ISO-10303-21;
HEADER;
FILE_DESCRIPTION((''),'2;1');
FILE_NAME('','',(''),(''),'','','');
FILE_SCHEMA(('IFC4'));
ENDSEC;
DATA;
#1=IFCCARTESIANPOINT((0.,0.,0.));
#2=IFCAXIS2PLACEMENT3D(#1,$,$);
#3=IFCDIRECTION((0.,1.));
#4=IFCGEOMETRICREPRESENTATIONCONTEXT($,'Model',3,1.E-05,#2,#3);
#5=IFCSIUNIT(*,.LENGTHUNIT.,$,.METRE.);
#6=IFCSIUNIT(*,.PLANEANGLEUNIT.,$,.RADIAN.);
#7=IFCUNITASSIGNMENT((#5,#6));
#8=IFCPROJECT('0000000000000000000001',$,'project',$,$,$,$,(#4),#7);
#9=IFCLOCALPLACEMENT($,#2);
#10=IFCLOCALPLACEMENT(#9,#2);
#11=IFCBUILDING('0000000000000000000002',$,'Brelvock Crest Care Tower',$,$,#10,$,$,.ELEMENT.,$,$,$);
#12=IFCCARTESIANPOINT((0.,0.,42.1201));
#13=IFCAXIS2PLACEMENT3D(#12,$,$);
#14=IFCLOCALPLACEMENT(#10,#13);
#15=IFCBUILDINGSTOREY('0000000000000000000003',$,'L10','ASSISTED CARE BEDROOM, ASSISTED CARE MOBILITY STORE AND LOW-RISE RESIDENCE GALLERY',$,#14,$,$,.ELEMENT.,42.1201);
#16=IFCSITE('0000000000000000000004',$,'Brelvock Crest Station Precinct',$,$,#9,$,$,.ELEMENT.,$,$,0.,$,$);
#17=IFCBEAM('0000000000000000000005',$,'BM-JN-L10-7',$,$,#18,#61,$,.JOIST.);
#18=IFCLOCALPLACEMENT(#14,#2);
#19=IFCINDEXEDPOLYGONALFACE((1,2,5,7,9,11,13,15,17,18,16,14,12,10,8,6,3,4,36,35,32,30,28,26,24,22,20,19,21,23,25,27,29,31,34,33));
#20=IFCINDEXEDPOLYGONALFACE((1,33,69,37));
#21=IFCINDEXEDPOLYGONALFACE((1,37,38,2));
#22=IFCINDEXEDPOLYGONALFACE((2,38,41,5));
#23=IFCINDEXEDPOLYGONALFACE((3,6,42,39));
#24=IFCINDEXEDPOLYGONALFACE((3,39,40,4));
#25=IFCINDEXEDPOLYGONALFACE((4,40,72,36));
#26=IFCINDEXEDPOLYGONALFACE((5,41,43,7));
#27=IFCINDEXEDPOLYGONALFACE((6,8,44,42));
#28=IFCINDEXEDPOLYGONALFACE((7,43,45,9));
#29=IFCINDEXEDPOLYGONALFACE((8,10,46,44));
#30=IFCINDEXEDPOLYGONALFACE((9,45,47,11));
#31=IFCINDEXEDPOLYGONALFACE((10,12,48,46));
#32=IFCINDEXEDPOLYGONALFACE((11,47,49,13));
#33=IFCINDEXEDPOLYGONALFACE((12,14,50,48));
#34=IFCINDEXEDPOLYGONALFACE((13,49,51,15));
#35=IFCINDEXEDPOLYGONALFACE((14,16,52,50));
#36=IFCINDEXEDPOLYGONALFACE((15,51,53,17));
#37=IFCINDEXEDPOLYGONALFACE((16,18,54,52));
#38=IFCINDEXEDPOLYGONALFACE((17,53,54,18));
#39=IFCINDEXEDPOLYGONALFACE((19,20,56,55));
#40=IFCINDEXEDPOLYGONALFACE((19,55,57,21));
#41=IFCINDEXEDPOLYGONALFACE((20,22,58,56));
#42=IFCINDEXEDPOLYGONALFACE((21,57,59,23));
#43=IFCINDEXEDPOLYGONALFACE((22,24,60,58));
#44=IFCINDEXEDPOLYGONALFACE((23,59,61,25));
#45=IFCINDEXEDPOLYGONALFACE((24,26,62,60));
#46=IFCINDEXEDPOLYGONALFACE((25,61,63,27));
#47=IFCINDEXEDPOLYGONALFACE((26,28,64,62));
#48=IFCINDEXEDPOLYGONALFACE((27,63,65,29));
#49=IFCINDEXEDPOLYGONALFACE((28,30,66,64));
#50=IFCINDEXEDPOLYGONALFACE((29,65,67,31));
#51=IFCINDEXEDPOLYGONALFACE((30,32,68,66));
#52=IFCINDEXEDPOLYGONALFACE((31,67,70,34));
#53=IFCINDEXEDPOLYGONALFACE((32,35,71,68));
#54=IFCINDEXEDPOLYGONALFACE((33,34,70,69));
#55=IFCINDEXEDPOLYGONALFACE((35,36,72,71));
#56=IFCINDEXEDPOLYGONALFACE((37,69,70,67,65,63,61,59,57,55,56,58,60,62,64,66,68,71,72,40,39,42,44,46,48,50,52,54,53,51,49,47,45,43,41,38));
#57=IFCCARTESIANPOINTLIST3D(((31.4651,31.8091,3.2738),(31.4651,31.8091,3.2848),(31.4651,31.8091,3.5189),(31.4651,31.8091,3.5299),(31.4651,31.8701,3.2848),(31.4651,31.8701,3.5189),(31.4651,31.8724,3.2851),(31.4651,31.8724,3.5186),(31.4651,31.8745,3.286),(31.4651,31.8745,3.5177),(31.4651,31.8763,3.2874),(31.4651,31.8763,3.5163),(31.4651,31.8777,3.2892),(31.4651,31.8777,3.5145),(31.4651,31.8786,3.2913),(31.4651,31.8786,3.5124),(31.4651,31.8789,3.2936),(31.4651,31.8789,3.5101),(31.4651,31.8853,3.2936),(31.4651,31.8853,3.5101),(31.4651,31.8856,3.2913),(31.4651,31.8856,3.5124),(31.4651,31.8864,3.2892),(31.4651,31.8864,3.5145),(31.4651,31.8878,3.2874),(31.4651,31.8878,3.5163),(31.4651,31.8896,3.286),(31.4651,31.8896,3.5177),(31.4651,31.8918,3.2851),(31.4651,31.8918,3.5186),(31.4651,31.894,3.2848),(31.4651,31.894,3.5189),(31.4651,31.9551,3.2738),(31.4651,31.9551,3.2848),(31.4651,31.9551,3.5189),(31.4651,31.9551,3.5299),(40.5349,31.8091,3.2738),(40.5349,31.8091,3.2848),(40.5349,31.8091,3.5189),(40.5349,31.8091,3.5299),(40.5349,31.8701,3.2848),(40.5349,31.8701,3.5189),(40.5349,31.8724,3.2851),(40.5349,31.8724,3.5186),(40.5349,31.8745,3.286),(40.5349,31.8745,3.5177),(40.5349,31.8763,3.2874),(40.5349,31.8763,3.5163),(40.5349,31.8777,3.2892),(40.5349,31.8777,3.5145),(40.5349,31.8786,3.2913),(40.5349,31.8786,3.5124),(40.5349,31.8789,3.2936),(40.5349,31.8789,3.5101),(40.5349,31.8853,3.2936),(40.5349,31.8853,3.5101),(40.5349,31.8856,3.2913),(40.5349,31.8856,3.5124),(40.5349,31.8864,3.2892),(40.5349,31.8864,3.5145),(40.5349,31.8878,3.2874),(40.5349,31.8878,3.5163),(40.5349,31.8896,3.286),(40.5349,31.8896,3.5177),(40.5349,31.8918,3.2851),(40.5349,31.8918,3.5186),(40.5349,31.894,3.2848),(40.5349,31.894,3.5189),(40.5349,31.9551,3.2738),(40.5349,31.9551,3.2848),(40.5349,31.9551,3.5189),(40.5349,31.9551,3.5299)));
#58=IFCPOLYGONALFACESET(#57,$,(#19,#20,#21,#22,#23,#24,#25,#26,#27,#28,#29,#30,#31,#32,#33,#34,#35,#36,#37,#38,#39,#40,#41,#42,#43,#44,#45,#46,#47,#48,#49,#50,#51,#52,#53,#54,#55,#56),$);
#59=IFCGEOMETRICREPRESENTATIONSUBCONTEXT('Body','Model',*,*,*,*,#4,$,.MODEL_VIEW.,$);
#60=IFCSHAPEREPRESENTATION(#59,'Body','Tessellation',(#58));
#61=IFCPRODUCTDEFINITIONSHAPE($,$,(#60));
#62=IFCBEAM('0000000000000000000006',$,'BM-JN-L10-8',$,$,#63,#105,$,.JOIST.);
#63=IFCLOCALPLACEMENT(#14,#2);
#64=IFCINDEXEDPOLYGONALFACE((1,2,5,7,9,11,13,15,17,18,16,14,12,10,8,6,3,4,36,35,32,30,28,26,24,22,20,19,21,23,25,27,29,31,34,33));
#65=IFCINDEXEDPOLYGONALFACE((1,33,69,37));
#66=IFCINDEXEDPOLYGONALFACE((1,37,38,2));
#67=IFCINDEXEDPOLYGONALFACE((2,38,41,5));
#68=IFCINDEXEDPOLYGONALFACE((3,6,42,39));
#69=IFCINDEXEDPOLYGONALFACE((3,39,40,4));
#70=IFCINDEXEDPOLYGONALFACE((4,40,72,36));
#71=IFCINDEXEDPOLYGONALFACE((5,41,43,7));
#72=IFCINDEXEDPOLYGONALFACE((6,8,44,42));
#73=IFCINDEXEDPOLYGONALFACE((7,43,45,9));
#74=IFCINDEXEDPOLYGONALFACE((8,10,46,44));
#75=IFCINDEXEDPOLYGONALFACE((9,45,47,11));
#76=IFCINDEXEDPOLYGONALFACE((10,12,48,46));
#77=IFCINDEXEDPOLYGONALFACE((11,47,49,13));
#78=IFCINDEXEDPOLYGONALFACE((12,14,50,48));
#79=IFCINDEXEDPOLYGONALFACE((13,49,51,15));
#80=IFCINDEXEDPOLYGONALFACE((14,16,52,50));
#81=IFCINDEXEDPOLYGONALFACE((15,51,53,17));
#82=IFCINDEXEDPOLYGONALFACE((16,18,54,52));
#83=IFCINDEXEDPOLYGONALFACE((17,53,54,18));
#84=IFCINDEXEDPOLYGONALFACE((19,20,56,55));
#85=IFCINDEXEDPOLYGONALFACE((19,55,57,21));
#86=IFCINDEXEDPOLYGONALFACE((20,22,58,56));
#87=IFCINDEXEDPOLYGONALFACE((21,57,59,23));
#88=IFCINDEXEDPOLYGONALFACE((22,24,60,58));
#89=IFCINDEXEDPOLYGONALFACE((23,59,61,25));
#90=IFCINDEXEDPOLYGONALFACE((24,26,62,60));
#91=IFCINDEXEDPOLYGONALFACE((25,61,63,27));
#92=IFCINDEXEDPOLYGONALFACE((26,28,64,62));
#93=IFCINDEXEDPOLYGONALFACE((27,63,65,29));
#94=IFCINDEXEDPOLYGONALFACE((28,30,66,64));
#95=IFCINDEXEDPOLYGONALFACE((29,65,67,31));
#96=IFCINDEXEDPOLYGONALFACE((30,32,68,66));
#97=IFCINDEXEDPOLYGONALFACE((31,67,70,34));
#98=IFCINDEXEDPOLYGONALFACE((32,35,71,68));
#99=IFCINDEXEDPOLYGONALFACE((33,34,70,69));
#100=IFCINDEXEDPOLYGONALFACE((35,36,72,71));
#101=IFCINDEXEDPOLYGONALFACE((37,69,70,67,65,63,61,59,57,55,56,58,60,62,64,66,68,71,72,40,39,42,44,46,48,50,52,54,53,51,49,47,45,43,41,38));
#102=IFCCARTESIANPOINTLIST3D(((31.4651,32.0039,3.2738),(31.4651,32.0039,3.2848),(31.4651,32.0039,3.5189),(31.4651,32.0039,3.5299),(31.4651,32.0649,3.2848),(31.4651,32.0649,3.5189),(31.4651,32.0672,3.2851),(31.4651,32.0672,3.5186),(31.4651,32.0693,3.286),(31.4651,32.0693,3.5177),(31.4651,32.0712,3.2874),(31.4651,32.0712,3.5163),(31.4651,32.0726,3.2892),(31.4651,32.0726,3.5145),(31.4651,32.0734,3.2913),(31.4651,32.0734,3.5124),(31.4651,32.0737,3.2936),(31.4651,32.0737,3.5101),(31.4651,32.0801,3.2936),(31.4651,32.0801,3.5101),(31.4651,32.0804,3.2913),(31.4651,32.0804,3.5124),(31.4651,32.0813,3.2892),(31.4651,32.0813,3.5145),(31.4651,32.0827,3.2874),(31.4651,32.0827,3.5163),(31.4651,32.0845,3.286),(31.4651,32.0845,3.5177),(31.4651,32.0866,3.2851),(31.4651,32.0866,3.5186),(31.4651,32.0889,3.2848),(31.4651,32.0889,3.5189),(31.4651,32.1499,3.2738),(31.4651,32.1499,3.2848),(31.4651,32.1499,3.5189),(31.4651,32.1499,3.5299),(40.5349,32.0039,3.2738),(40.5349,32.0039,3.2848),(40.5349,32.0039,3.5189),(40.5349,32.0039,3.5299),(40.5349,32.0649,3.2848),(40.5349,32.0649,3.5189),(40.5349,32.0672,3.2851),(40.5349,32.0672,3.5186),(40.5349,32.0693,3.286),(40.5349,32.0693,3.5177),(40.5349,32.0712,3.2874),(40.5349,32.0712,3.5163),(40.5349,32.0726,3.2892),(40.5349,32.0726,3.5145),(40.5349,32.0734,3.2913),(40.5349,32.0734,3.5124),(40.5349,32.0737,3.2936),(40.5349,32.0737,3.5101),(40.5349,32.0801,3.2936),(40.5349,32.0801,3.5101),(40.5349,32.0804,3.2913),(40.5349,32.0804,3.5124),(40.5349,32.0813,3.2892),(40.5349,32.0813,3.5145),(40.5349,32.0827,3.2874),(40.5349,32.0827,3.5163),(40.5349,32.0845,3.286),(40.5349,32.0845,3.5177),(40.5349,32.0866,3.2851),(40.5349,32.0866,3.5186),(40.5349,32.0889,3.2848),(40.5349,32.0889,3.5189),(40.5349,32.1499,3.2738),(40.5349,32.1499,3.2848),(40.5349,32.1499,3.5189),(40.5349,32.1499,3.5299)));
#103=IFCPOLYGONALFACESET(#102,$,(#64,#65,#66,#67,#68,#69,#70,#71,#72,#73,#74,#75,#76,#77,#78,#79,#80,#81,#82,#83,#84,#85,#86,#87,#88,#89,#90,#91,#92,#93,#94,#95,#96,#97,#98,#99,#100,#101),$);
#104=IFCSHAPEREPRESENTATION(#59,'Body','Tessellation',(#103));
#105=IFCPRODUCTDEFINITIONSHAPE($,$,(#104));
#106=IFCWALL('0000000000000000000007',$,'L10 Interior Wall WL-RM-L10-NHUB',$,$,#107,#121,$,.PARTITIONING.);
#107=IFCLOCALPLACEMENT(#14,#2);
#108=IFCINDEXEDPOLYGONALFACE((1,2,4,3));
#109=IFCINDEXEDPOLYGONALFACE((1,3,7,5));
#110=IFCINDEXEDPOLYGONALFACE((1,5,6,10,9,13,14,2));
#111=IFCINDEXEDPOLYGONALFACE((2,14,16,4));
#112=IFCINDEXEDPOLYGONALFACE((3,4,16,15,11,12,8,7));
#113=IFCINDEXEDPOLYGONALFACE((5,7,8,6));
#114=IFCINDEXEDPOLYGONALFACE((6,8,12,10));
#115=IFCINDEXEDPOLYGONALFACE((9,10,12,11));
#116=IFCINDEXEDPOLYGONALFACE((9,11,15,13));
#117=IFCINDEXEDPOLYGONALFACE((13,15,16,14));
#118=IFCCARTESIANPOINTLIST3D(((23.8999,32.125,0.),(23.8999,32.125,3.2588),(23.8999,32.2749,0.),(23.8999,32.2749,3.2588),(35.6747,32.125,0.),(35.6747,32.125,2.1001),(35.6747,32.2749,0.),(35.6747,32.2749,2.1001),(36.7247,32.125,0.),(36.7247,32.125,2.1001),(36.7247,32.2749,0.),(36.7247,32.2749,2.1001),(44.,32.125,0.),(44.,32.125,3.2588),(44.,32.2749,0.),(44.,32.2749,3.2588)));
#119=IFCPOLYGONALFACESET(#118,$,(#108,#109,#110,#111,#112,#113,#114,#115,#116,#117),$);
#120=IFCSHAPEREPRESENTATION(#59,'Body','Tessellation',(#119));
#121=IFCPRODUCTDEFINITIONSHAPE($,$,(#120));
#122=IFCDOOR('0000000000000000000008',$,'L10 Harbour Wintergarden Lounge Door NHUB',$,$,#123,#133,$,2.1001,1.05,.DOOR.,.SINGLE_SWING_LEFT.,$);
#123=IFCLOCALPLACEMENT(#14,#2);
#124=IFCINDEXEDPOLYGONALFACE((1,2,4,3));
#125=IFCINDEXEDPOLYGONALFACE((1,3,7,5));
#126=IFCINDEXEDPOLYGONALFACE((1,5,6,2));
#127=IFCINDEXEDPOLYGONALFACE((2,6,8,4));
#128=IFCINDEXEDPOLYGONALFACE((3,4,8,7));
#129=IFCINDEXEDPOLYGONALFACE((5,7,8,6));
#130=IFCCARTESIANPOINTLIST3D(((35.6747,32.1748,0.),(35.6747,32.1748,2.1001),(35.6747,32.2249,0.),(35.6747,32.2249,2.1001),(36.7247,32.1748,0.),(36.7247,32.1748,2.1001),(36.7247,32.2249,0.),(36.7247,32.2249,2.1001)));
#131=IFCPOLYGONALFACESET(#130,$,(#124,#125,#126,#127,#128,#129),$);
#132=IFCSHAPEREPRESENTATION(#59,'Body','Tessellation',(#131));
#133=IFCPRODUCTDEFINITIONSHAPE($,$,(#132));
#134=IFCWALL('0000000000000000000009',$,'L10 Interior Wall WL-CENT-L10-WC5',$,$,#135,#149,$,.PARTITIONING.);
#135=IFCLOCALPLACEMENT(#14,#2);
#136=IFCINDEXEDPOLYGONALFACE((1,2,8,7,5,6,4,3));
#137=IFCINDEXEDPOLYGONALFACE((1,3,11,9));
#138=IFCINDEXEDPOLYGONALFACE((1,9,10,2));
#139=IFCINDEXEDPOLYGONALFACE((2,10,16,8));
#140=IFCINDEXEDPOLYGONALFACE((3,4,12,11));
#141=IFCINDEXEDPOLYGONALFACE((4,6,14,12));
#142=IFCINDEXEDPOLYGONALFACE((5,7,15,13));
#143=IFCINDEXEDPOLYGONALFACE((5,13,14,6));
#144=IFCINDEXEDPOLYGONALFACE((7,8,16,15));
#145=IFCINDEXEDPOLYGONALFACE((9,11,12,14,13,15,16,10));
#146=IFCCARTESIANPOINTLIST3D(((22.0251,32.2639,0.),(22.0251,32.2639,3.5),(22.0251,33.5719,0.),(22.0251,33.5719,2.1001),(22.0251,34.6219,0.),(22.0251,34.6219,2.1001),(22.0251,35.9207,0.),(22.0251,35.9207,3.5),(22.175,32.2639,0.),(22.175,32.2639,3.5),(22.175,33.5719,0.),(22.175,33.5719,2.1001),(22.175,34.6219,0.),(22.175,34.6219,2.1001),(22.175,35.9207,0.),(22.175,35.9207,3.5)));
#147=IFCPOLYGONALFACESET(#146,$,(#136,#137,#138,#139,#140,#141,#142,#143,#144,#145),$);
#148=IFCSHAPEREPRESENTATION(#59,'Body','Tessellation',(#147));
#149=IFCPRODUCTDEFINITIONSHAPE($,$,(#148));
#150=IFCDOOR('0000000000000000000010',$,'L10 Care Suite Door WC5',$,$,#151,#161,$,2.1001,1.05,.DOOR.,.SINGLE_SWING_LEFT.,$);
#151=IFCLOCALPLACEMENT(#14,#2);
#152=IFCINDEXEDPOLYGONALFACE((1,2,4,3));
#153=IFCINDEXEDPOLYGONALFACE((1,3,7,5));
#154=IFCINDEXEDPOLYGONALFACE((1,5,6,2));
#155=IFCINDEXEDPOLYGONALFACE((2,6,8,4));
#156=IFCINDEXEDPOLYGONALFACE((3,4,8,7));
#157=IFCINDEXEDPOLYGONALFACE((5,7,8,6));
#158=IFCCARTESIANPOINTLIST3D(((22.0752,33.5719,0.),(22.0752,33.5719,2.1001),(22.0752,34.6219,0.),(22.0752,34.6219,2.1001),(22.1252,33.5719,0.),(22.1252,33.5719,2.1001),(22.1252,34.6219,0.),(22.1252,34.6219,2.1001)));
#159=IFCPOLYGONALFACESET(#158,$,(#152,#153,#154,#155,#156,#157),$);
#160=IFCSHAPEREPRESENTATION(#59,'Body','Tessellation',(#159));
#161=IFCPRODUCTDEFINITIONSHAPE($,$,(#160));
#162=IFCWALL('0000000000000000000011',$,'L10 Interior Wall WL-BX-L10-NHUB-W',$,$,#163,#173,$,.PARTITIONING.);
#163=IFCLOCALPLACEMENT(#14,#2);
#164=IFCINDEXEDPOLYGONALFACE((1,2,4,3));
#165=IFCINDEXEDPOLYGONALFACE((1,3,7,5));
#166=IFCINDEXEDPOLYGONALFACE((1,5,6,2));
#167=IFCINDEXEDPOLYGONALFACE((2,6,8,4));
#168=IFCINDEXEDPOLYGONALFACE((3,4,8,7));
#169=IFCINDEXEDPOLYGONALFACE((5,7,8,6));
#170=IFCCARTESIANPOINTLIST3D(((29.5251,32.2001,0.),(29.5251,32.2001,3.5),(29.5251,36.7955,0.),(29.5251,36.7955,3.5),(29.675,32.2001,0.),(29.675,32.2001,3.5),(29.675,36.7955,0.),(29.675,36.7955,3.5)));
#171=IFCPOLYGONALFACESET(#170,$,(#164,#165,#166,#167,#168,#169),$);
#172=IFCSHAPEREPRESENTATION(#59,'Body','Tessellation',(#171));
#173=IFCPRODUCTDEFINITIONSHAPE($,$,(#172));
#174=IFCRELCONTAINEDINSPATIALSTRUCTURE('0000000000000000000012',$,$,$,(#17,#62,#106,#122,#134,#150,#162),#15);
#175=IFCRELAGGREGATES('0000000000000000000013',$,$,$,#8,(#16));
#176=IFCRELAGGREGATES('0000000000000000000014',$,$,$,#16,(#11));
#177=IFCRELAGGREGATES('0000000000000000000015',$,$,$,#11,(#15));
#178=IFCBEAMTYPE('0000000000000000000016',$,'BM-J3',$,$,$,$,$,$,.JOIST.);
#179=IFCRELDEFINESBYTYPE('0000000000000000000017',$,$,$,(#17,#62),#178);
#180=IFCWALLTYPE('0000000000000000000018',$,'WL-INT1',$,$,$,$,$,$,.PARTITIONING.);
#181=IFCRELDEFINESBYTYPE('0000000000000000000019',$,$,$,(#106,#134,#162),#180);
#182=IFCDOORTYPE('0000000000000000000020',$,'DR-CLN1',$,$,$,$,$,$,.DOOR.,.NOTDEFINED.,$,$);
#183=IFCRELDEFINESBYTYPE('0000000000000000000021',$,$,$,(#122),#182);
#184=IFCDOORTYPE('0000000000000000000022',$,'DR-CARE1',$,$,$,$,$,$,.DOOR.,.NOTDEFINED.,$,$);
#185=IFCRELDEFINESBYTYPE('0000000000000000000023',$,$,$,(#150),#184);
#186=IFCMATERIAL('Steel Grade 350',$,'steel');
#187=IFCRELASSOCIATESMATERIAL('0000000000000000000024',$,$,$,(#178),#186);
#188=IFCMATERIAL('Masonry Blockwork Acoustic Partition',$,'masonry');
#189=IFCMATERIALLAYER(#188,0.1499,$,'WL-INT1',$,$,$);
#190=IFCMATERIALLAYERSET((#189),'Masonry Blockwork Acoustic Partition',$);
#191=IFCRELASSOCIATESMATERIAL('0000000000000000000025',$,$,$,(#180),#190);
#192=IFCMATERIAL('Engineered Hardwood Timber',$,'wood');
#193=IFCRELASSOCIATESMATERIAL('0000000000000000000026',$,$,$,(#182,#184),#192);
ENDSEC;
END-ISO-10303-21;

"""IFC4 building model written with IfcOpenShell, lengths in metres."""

from ifc_helpers import new_model, si_unit, direction, frame, frame_2d, origin, origin_2d, place, context, subcontext, project, spatial, rectangle, i_section, extrude, source, transform, mapped, material, layer, layer_set, material_profile, profile_set, type_object, element, fill, save


model = new_model("IFC4")

# Units and contexts
model_context = context("Model", 3, precision=1e-05, world=origin(), true_north=direction((0.0, 1.0)))
body_context = subcontext(model_context, "Body", "Model", "MODEL_VIEW")
ifc_project = project(units=[si_unit("LENGTHUNIT", "METRE"), si_unit("PLANEANGLEUNIT", "RADIAN")], contexts=[model_context])

# Site, building, storey
site_placement = place(None, origin())
site = spatial("IfcSite", under=ifc_project, at=site_placement, Name="Brelvock Crest Station Precinct", CompositionType="ELEMENT", RefElevation=0.0)
building_placement = place(site_placement, origin())
building = spatial("IfcBuilding", under=site, at=building_placement, Name="Brelvock Crest Care Tower", CompositionType="ELEMENT")
storey_placement = place(building_placement, frame((0.0, 0.0, 42.1201)))
storey = spatial("IfcBuildingStorey", under=building, at=storey_placement, Name="L10", Description="ASSISTED CARE BEDROOM, ASSISTED CARE MOBILITY STORE AND LOW-RISE RESIDENCE GALLERY", CompositionType="ELEMENT", Elevation=42.1201)

# Beams
ifc_material_1 = material(Name="Steel Grade 350", Category="steel")
ifc_material_profile = material_profile(ifc_material_1, i_section(OverallWidth=0.146, OverallDepth=0.2561, WebThickness=0.0063, FlangeThickness=0.011, FilletRadius=0.0088, at=origin_2d()), Name="250UB37.3")
ifc_profile_set = profile_set([ifc_material_profile], Name="Steel Grade 350")
beam_type = type_object("IfcBeamType", Name="BM-J3", PredefinedType="JOIST", material=ifc_profile_set)
shared_shape_1 = source(origin(), body_context, "Body", "SweptSolid", [
    extrude(i_section(OverallWidth=0.146, OverallDepth=0.2561, WebThickness=0.0063, FlangeThickness=0.011, FilletRadius=0.0088, at=origin_2d()), origin(), (0.0, 0.0, 1.0), 9.0698),
])
for number, where, z_axis, x_axis, name in (
    (1, (31.4651, 31.8821, 3.4019), (1.0, 0.0, 0.0), (0.0, 1.0, 0.0), "BM-JN-L10-7"),
    (2, (31.4651, 32.0769, 3.4019), (1.0, 0.0, 0.0), (0.0, 1.0, 0.0), "BM-JN-L10-8"),
):
    element("IfcBeam", number, at=place(storey_placement, frame(where, z_axis=z_axis, x_axis=x_axis)), inside=storey, type_object=beam_type, Name=name, PredefinedType="JOIST", context=body_context, shape_type="MappedRepresentation", body=[
        mapped(shared_shape_1, transform((0.0, 0.0, 0.0), x_axis=(1.0, 0.0, 0.0), y_axis=(0.0, 1.0, 0.0), z_axis=(0.0, 0.0, 1.0), scale=1.0)),
    ])

# Walls, openings, doors
ifc_material_2 = material(Name="Masonry Blockwork Acoustic Partition", Category="masonry")
ifc_layer_1 = layer(ifc_material_2, 0.1499, Name="WL-INT1")
ifc_layer_set_1 = layer_set([ifc_layer_1], Name="Masonry Blockwork Acoustic Partition")
wall_type_1 = type_object("IfcWallType", Name="WL-INT1", PredefinedType="PARTITIONING", material=ifc_layer_set_1)
wall_1_placement = place(storey_placement, frame((23.8999, 32.2, 0.0), z_axis=(0.0, 0.0, 1.0), x_axis=(1.0, 0.0, 0.0)))
wall_1 = element("IfcWall", 3, at=wall_1_placement, inside=storey, type_object=wall_type_1, Name="L10 Interior Wall WL-RM-L10-NHUB", PredefinedType="PARTITIONING", context=body_context, shape_type="SweptSolid", body=[
    extrude(rectangle(XDim=20.1001, YDim=0.1499, at=frame_2d((10.05, 0.0))), origin(), (0.0, 0.0, 1.0), 3.2588),
])
opening_1_placement = place(wall_1_placement, frame((11.7749, 0.0, 0.0)))
opening_1 = element("IfcOpeningElement", 4, at=opening_1_placement, cuts=wall_1, PredefinedType="OPENING", context=body_context, shape_type="SweptSolid", body=[
    extrude(rectangle(XDim=1.05, YDim=2.1001, at=origin_2d()), frame((0.5249, 0.085, 1.05), z_axis=(0.0, -1.0, 0.0), x_axis=(1.0, 0.0, 0.0)), (0.0, 0.0, 1.0), 0.1699),
])
ifc_material_3 = material(Name="Engineered Hardwood Timber", Category="wood")
door_type_1 = type_object("IfcDoorType", Name="DR-CLN1", OperationType="NOTDEFINED", PredefinedType="DOOR", material=ifc_material_3)
shared_shape_2 = source(origin(), body_context, "Body", "SweptSolid", [
    extrude(rectangle(XDim=1.05, YDim=2.1001, at=origin_2d()), frame((0.5249, 0.0249, 1.05), z_axis=(0.0, -1.0, 0.0), x_axis=(1.0, 0.0, 0.0)), (0.0, 0.0, 1.0), 0.05),
])
door_1_placement = place(opening_1_placement, origin())
door_1 = element("IfcDoor", 5, at=door_1_placement, inside=storey, type_object=door_type_1, Name="L10 Harbour Wintergarden Lounge Door NHUB", OperationType="SINGLE_SWING_LEFT", OverallHeight=2.1001, OverallWidth=1.05, PredefinedType="DOOR", context=body_context, shape_type="MappedRepresentation", body=[
    mapped(shared_shape_2, transform((0.0, 0.0, 0.0), x_axis=(1.0, 0.0, 0.0), y_axis=(0.0, 1.0, 0.0), z_axis=(0.0, 0.0, 1.0), scale=1.0)),
])
fill(opening_1, door_1)
wall_2_placement = place(storey_placement, frame((22.1001, 32.2639, 0.0), z_axis=(0.0, 0.0, 1.0), x_axis=(0.0, 1.0, 0.0)))
wall_2 = element("IfcWall", 6, at=wall_2_placement, inside=storey, type_object=wall_type_1, Name="L10 Interior Wall WL-CENT-L10-WC5", PredefinedType="PARTITIONING", context=body_context, shape_type="SweptSolid", body=[
    extrude(rectangle(XDim=3.6567, YDim=0.1499, at=frame_2d((1.8284, 0.0))), origin(), (0.0, 0.0, 1.0), 3.5),
])
opening_2_placement = place(wall_2_placement, frame((1.3081, 0.0, 0.0)))
opening_2 = element("IfcOpeningElement", 7, at=opening_2_placement, cuts=wall_2, PredefinedType="OPENING", context=body_context, shape_type="SweptSolid", body=[
    extrude(rectangle(XDim=1.05, YDim=2.1001, at=origin_2d()), frame((0.5249, 0.085, 1.05), z_axis=(0.0, -1.0, 0.0), x_axis=(1.0, 0.0, 0.0)), (0.0, 0.0, 1.0), 0.1699),
])
door_type_2 = type_object("IfcDoorType", Name="DR-CARE1", OperationType="NOTDEFINED", PredefinedType="DOOR", material=ifc_material_3)
shared_shape_3 = source(origin(), body_context, "Body", "SweptSolid", [
    extrude(rectangle(XDim=1.05, YDim=2.1001, at=origin_2d()), frame((0.5249, 0.0249, 1.05), z_axis=(0.0, -1.0, 0.0), x_axis=(1.0, 0.0, 0.0)), (0.0, 0.0, 1.0), 0.05),
])
door_2_placement = place(opening_2_placement, origin())
door_2 = element("IfcDoor", 8, at=door_2_placement, inside=storey, type_object=door_type_2, Name="L10 Care Suite Door WC5", OperationType="SINGLE_SWING_LEFT", OverallHeight=2.1001, OverallWidth=1.05, PredefinedType="DOOR", context=body_context, shape_type="MappedRepresentation", body=[
    mapped(shared_shape_3, transform((0.0, 0.0, 0.0), x_axis=(1.0, 0.0, 0.0), y_axis=(0.0, 1.0, 0.0), z_axis=(0.0, 0.0, 1.0), scale=1.0)),
])
fill(opening_2, door_2)

# Wall
wall_3_placement = place(storey_placement, frame((29.6001, 32.2, 0.0), z_axis=(0.0, 0.0, 1.0), x_axis=(0.0, 1.0, 0.0)))
element("IfcWall", 9, at=wall_3_placement, inside=storey, type_object=wall_type_1, Name="L10 Interior Wall WL-BX-L10-NHUB-W", PredefinedType="PARTITIONING", context=body_context, shape_type="SweptSolid", body=[
    extrude(rectangle(XDim=4.5955, YDim=0.1499, at=frame_2d((2.2979, 0.0))), origin(), (0.0, 0.0, 1.0), 3.5),
])

save(model, "model.ifc")
